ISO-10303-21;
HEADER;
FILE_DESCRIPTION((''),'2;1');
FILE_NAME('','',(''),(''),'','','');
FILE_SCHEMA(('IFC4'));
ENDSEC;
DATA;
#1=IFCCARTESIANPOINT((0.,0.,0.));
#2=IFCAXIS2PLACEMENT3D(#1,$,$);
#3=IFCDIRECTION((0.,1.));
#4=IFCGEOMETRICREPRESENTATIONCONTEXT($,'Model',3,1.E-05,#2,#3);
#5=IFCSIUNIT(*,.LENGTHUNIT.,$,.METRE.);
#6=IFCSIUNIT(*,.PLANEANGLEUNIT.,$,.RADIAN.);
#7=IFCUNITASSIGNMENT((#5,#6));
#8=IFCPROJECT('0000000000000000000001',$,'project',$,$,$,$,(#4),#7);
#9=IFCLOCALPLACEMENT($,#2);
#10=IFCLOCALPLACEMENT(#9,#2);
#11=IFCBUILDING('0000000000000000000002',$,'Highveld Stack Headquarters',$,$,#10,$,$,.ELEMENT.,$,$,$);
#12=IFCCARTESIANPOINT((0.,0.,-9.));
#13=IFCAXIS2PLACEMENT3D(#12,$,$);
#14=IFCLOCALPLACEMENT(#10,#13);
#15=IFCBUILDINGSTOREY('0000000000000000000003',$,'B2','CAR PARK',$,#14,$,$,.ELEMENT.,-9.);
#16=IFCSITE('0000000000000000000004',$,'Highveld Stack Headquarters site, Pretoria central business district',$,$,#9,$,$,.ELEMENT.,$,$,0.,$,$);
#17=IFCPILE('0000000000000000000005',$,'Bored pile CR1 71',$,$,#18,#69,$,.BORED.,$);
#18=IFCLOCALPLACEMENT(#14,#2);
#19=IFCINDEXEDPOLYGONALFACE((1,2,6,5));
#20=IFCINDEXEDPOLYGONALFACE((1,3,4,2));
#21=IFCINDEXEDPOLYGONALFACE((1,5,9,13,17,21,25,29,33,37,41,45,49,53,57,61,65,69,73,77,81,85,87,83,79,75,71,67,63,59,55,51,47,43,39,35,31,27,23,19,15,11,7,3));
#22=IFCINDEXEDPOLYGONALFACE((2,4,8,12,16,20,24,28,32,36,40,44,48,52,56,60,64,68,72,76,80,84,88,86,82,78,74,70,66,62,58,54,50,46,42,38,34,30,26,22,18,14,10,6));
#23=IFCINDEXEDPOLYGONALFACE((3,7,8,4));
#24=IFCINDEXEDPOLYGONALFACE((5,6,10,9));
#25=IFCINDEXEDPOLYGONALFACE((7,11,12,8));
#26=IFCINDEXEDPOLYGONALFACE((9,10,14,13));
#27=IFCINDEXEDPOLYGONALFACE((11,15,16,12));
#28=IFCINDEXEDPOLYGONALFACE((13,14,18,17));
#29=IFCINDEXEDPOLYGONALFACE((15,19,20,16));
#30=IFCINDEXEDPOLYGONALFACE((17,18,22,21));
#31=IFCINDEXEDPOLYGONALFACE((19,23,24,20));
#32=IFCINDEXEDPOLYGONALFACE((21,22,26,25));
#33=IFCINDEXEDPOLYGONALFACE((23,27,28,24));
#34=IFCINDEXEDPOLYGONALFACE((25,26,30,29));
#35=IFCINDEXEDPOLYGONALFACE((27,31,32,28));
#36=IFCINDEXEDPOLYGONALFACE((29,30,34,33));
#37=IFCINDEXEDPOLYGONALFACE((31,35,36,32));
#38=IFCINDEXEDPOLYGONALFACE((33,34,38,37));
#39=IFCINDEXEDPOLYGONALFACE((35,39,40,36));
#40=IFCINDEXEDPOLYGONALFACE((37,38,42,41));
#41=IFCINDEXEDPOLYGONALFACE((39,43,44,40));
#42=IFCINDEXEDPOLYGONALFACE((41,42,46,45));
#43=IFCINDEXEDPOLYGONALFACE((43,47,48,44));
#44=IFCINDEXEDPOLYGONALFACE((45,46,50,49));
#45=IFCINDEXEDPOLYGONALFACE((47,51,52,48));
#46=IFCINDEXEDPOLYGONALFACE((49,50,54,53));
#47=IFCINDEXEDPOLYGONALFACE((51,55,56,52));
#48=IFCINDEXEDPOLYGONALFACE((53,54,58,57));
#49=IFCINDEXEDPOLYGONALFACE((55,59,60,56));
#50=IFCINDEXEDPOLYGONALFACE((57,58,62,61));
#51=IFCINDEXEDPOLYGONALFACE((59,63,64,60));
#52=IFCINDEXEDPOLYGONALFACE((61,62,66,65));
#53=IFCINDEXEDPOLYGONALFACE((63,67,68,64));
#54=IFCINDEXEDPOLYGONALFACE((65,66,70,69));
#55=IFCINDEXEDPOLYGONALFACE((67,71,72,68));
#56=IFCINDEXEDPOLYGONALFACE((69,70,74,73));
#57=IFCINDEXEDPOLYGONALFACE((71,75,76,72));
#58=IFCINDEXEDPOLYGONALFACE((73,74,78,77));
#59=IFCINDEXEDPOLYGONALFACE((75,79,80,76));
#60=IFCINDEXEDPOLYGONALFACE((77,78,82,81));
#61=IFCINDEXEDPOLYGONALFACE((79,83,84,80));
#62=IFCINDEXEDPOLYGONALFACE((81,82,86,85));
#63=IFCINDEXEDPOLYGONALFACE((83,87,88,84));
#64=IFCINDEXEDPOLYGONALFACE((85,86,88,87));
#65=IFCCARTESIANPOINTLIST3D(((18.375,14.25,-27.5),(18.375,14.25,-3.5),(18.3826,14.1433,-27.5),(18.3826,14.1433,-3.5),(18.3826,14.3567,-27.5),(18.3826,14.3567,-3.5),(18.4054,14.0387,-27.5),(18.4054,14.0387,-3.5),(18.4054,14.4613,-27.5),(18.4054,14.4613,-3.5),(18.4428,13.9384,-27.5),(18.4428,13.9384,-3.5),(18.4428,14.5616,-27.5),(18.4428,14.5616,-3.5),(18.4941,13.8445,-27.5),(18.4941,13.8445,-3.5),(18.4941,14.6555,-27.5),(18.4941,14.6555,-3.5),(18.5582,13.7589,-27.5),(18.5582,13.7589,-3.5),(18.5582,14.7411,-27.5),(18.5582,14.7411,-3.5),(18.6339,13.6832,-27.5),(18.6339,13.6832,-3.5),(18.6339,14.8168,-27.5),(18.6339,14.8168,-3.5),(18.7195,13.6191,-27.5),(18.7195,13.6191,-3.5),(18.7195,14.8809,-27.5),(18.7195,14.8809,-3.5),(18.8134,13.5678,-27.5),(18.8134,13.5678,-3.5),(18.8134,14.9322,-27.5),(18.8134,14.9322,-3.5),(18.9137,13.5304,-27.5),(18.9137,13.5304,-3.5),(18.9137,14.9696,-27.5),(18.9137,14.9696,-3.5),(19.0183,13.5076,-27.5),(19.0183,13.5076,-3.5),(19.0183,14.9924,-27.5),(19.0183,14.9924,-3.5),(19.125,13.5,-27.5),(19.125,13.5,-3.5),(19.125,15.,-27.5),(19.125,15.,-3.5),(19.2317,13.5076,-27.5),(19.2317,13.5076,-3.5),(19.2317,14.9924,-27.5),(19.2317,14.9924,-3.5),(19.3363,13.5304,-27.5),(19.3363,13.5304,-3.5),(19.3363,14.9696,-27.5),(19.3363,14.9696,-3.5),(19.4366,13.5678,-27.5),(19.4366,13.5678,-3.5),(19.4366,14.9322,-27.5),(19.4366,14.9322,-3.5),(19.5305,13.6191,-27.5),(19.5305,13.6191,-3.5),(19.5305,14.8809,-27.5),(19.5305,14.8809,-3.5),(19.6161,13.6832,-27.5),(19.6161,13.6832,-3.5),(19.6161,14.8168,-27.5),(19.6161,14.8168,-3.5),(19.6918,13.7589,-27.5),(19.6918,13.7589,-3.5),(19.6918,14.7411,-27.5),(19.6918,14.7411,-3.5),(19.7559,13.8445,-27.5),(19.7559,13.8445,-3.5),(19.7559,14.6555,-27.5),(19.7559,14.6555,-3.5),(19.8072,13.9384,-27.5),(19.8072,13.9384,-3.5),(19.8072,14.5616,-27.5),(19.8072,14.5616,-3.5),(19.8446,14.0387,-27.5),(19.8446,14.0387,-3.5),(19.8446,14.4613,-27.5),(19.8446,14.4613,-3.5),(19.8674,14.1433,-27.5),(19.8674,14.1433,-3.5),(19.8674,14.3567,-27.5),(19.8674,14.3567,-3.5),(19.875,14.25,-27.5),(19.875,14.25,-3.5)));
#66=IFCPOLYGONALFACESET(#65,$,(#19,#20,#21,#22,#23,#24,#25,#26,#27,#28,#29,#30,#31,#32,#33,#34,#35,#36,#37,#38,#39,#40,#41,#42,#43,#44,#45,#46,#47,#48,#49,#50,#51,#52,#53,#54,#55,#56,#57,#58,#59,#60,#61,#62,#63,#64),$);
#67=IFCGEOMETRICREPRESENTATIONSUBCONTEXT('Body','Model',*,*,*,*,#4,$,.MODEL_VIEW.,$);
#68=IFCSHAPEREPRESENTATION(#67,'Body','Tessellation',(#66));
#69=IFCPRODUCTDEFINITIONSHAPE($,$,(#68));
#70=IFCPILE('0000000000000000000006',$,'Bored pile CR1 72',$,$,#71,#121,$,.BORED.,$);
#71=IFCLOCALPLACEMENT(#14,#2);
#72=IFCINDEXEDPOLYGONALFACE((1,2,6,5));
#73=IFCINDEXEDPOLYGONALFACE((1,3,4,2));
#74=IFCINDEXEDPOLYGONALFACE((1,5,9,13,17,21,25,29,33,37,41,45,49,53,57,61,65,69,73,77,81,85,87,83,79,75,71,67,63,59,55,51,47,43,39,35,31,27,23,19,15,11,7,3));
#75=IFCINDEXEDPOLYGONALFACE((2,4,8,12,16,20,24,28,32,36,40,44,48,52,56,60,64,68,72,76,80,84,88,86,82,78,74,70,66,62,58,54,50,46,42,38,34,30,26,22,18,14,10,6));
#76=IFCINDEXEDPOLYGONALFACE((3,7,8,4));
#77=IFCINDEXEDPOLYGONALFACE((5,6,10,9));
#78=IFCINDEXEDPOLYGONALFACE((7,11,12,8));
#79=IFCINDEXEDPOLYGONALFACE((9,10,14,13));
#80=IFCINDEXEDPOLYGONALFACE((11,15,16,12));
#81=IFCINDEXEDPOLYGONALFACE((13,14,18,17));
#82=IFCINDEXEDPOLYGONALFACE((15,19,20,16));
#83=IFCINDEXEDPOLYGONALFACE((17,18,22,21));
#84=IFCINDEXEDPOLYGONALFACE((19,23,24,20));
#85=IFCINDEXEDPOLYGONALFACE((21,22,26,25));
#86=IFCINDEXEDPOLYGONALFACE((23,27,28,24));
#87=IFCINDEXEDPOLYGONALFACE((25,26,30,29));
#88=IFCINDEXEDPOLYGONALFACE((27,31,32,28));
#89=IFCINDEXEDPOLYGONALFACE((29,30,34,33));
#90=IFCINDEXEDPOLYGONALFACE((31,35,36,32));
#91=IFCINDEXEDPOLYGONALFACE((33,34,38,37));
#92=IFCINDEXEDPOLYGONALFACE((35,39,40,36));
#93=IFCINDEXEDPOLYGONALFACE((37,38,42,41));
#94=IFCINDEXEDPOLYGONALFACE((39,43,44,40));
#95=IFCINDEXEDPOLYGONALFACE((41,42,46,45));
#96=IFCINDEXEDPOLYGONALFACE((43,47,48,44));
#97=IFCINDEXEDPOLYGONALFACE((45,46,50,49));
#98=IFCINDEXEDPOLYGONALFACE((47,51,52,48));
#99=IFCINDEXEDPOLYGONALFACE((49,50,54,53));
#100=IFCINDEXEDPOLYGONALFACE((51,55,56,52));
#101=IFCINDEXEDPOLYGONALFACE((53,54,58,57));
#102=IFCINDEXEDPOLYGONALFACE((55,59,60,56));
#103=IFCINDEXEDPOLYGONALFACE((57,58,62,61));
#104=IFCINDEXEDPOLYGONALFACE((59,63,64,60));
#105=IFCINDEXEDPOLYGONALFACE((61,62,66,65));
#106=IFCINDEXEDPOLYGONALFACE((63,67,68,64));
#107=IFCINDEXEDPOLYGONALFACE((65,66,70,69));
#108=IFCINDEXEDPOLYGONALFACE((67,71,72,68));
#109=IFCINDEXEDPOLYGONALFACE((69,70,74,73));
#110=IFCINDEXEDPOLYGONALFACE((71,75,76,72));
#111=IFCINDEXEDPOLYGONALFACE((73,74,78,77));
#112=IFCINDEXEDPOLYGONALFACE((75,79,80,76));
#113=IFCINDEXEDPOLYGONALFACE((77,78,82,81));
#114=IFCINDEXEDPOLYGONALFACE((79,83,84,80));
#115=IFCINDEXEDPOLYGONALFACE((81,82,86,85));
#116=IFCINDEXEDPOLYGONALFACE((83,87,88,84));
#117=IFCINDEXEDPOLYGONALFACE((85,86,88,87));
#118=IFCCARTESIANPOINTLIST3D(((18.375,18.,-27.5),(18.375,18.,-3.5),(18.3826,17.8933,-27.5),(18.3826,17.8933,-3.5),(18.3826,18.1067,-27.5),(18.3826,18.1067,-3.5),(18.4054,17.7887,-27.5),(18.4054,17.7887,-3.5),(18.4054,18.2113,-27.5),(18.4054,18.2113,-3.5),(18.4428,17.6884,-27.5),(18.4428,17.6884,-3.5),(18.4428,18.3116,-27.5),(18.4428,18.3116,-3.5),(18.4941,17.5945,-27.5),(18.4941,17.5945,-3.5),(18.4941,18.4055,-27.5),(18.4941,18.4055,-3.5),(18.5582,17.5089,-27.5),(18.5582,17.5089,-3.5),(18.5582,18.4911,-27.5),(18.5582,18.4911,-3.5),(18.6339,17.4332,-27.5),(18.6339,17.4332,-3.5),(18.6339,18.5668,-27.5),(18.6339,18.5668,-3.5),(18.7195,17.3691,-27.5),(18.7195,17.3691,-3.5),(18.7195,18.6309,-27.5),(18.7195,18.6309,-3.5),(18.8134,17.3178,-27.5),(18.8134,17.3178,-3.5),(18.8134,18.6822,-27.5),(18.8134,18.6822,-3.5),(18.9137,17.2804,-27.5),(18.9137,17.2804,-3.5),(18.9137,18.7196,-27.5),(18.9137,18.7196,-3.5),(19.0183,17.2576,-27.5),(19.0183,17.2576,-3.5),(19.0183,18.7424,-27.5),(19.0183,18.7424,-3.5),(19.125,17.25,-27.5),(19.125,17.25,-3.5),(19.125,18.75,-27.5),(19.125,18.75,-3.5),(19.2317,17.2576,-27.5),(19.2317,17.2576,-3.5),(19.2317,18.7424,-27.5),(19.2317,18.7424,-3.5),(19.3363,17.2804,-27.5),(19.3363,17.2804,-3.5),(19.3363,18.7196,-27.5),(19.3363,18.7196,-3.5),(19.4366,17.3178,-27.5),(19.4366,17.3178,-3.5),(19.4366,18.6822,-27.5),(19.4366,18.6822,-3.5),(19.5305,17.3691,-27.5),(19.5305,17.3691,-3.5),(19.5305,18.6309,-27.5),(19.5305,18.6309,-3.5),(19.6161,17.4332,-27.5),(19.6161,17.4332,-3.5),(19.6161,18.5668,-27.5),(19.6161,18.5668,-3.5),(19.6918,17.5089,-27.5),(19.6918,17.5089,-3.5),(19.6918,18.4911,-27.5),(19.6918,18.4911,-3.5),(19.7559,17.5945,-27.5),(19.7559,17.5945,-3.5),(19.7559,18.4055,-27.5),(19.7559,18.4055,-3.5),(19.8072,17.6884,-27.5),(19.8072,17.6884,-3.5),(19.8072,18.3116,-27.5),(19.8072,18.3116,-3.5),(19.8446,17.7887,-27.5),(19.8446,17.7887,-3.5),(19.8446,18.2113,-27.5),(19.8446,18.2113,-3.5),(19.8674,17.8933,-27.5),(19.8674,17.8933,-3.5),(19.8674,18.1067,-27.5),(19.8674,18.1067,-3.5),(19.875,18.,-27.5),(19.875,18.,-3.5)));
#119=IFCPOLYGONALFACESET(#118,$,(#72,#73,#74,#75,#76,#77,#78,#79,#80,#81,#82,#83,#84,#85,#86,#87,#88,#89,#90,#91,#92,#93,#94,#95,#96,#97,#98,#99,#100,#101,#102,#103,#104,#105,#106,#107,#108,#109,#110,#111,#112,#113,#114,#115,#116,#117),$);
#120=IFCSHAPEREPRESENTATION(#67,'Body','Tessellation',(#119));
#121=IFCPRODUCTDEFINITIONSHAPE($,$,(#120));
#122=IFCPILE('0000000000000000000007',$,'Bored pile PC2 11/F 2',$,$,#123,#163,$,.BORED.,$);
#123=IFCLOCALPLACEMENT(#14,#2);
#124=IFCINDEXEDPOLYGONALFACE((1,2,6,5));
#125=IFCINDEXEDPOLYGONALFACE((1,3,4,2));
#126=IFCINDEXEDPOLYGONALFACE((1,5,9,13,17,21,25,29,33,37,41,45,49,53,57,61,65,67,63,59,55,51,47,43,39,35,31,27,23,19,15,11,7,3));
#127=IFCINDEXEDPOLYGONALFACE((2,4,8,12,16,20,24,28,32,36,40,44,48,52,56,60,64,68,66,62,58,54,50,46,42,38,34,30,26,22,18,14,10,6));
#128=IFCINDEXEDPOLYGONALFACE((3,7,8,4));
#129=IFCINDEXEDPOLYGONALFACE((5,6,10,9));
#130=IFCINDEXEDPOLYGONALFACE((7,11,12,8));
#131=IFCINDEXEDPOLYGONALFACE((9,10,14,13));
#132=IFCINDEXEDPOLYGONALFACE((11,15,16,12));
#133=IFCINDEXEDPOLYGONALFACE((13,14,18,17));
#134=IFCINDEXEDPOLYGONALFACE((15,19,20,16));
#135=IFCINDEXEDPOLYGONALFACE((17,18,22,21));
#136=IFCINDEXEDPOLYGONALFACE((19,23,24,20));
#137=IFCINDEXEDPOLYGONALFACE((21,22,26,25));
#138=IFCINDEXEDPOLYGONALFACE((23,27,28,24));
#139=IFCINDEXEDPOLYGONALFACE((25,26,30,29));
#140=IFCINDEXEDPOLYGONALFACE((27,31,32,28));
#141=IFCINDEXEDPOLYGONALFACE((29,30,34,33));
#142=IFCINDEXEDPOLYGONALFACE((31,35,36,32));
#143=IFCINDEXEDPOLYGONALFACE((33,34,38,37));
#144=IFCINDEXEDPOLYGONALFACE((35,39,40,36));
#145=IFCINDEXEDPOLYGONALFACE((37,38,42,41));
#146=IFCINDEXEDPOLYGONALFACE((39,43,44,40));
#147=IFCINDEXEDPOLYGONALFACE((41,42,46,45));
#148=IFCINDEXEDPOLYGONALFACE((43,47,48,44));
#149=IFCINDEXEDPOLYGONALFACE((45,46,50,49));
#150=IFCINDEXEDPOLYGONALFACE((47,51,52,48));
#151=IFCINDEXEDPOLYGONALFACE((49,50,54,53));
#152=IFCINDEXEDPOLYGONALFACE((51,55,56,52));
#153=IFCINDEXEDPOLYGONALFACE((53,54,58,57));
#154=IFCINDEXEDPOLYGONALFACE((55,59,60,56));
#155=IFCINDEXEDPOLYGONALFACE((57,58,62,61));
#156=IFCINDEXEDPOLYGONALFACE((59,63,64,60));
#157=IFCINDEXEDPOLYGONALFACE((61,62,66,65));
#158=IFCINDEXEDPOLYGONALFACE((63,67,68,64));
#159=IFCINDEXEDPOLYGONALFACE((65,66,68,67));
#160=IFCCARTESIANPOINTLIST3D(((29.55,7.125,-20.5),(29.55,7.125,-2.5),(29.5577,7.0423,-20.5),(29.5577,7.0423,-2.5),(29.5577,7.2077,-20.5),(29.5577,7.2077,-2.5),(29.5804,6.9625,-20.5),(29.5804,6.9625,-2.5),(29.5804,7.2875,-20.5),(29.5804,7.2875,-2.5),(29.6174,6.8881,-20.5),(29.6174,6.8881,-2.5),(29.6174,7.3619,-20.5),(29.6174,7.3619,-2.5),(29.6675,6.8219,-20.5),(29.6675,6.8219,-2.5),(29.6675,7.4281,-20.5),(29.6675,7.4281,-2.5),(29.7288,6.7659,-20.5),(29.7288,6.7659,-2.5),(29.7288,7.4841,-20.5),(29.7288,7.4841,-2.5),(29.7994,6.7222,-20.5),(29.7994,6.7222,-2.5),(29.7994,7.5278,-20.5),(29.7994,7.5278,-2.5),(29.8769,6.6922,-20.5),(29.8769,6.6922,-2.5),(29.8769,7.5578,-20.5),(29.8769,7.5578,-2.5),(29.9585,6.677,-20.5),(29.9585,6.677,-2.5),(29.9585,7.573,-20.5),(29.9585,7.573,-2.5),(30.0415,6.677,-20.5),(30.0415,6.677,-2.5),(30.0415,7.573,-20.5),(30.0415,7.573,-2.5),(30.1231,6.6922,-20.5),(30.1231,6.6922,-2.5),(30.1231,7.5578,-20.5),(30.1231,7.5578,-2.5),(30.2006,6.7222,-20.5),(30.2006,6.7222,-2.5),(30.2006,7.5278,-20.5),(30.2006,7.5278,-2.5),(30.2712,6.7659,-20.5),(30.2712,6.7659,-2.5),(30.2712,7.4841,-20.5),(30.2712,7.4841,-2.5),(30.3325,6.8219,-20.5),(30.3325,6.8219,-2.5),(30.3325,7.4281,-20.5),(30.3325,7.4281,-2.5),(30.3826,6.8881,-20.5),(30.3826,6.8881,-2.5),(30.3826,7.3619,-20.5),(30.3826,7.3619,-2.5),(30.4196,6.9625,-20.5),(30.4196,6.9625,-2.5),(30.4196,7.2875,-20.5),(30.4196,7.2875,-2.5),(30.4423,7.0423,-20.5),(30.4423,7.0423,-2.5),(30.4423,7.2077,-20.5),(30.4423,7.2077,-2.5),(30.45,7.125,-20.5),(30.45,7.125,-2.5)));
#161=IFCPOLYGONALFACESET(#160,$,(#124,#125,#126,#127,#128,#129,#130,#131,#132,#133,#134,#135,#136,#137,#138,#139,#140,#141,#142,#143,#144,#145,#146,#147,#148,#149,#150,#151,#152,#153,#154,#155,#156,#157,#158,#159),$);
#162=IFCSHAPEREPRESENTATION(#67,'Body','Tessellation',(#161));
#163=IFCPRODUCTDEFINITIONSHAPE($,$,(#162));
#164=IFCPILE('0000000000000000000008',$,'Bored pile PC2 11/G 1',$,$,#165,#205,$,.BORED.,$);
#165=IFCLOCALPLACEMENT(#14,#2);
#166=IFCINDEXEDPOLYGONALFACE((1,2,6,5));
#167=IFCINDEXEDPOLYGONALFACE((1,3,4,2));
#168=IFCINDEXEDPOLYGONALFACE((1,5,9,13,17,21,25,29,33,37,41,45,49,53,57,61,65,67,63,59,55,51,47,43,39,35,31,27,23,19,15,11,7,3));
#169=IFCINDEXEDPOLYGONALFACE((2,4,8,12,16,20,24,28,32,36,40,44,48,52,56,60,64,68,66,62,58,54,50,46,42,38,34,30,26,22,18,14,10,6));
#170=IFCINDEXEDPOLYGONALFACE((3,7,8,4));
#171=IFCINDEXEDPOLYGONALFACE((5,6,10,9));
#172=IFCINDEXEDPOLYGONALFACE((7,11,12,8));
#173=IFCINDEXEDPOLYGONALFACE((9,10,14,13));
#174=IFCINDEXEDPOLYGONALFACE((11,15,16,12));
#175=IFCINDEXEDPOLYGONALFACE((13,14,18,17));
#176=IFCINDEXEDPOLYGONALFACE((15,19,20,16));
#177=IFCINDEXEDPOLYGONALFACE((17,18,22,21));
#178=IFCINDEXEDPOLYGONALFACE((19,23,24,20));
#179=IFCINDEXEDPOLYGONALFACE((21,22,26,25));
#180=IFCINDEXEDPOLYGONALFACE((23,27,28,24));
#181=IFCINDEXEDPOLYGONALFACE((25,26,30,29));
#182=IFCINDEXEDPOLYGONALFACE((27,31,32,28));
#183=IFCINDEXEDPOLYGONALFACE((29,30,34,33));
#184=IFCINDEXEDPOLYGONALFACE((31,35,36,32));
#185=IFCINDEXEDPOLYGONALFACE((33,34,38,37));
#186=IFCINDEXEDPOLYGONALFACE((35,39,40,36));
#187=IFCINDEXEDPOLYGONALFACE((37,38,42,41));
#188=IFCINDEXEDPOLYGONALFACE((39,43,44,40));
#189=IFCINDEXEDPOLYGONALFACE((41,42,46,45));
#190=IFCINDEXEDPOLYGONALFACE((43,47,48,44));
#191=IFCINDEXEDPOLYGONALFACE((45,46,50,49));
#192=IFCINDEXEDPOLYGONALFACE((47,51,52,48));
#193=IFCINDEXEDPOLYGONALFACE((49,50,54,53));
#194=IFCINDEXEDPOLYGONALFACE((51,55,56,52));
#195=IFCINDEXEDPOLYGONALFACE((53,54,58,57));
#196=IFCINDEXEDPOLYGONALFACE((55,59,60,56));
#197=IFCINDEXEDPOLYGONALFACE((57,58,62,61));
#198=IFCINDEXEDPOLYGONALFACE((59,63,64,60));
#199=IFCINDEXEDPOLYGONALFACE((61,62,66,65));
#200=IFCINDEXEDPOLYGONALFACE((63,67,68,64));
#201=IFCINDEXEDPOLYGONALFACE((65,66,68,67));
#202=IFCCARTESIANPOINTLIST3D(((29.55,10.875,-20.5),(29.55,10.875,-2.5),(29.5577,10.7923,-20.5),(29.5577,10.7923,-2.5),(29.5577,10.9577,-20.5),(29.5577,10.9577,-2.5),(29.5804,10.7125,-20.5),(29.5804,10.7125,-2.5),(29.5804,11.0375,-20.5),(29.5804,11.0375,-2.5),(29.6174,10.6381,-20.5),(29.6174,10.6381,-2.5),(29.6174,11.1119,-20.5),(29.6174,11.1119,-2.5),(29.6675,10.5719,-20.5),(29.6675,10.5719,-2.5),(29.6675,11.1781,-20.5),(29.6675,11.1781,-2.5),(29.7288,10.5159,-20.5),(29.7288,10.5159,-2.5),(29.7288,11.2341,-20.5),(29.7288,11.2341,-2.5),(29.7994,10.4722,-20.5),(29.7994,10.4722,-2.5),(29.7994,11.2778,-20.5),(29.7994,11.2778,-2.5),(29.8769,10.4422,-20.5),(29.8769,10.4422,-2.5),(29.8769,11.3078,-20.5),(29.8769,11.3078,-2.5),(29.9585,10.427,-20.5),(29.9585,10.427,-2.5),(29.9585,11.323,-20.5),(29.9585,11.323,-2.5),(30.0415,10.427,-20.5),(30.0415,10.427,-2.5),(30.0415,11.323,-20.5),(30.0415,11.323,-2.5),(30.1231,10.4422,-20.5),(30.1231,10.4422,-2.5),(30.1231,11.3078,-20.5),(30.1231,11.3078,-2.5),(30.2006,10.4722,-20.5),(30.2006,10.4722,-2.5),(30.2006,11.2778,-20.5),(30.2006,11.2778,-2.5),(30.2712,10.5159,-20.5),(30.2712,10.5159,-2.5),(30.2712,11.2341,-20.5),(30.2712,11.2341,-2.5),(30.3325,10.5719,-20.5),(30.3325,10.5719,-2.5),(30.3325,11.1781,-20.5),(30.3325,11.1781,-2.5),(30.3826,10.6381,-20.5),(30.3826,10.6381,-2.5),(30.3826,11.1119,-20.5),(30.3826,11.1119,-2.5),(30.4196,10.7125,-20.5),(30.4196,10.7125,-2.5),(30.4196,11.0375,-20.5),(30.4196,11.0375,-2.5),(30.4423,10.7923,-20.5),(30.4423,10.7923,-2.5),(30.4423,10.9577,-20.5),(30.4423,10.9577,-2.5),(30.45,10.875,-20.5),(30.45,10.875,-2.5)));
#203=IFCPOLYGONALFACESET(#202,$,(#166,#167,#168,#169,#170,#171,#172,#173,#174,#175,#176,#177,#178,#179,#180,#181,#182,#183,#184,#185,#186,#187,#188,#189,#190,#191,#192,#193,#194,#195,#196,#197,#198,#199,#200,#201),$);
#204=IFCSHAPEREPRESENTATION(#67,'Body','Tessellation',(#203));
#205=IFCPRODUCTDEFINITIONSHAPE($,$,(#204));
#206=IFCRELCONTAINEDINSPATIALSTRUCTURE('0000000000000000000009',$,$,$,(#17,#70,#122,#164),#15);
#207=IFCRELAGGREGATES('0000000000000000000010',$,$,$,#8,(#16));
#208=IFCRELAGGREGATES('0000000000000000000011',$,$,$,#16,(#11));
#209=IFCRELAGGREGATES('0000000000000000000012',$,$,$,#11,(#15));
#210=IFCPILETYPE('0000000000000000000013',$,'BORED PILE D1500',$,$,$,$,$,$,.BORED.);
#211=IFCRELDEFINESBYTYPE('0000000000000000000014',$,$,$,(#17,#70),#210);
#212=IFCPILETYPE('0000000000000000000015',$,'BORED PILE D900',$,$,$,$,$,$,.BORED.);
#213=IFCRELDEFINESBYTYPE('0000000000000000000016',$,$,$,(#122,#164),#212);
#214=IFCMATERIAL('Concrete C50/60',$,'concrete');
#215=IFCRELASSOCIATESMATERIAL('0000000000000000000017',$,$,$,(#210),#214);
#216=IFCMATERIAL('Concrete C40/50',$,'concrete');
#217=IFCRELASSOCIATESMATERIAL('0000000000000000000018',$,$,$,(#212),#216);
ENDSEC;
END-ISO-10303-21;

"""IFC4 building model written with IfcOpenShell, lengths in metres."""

from ifc_helpers import new_model, si_unit, direction, frame, origin, origin_2d, place, context, subcontext, project, spatial, circle, extrude, material, type_object, element, save


model = new_model("IFC4")

# Units and contexts
model_context = context("Model", 3, precision=1e-05, world=origin(), true_north=direction((0.0, 1.0)))
body_context = subcontext(model_context, "Body", "Model", "MODEL_VIEW")
ifc_project = project(units=[si_unit("LENGTHUNIT", "METRE"), si_unit("PLANEANGLEUNIT", "RADIAN")], contexts=[model_context])

# Site, building, storey
site_placement = place(None, origin())
site = spatial("IfcSite", under=ifc_project, at=site_placement, Name="Highveld Stack Headquarters site, Pretoria central business district", CompositionType="ELEMENT", RefElevation=0.0)
building_placement = place(site_placement, origin())
building = spatial("IfcBuilding", under=site, at=building_placement, Name="Highveld Stack Headquarters", CompositionType="ELEMENT")
storey_placement = place(building_placement, frame((0.0, 0.0, -9.0)))
storey = spatial("IfcBuildingStorey", under=building, at=storey_placement, Name="B2", Description="CAR PARK", CompositionType="ELEMENT", Elevation=-9.0)

# Piles
ifc_material_1 = material(Name="Concrete C50/60", Category="concrete")
pile_type_1 = type_object("IfcPileType", Name="BORED PILE D1500", PredefinedType="BORED", material=ifc_material_1)
for number, where, z_axis, x_axis, name in (
    (1, (19.125, 14.25, -3.5), (0.0, 0.0, -1.0), (1.0, 0.0, 0.0), "Bored pile CR1 71"),
    (2, (19.125, 18.0, -3.5), (0.0, 0.0, -1.0), (1.0, 0.0, 0.0), "Bored pile CR1 72"),
):
    element("IfcPile", number, at=place(storey_placement, frame(where, z_axis=z_axis, x_axis=x_axis)), inside=storey, type_object=pile_type_1, Name=name, PredefinedType="BORED", context=body_context, shape_type="SweptSolid", body=[
        extrude(circle(Radius=0.75, at=origin_2d()), origin(), (0.0, 0.0, 1.0), 24.0),
    ])
ifc_material_2 = material(Name="Concrete C40/50", Category="concrete")
pile_type_2 = type_object("IfcPileType", Name="BORED PILE D900", PredefinedType="BORED", material=ifc_material_2)
for number, where, z_axis, x_axis, name in (
    (3, (30.0, 7.125, -2.5), (0.0, 0.0, -1.0), (1.0, 0.0, 0.0), "Bored pile PC2 11/F 2"),
    (4, (30.0, 10.875, -2.5), (0.0, 0.0, -1.0), (1.0, 0.0, 0.0), "Bored pile PC2 11/G 1"),
):
    element("IfcPile", number, at=place(storey_placement, frame(where, z_axis=z_axis, x_axis=x_axis)), inside=storey, type_object=pile_type_2, Name=name, PredefinedType="BORED", context=body_context, shape_type="SweptSolid", body=[
        extrude(circle(Radius=0.45, at=origin_2d()), origin(), (0.0, 0.0, 1.0), 18.0),
    ])

save(model, "model.ifc")
